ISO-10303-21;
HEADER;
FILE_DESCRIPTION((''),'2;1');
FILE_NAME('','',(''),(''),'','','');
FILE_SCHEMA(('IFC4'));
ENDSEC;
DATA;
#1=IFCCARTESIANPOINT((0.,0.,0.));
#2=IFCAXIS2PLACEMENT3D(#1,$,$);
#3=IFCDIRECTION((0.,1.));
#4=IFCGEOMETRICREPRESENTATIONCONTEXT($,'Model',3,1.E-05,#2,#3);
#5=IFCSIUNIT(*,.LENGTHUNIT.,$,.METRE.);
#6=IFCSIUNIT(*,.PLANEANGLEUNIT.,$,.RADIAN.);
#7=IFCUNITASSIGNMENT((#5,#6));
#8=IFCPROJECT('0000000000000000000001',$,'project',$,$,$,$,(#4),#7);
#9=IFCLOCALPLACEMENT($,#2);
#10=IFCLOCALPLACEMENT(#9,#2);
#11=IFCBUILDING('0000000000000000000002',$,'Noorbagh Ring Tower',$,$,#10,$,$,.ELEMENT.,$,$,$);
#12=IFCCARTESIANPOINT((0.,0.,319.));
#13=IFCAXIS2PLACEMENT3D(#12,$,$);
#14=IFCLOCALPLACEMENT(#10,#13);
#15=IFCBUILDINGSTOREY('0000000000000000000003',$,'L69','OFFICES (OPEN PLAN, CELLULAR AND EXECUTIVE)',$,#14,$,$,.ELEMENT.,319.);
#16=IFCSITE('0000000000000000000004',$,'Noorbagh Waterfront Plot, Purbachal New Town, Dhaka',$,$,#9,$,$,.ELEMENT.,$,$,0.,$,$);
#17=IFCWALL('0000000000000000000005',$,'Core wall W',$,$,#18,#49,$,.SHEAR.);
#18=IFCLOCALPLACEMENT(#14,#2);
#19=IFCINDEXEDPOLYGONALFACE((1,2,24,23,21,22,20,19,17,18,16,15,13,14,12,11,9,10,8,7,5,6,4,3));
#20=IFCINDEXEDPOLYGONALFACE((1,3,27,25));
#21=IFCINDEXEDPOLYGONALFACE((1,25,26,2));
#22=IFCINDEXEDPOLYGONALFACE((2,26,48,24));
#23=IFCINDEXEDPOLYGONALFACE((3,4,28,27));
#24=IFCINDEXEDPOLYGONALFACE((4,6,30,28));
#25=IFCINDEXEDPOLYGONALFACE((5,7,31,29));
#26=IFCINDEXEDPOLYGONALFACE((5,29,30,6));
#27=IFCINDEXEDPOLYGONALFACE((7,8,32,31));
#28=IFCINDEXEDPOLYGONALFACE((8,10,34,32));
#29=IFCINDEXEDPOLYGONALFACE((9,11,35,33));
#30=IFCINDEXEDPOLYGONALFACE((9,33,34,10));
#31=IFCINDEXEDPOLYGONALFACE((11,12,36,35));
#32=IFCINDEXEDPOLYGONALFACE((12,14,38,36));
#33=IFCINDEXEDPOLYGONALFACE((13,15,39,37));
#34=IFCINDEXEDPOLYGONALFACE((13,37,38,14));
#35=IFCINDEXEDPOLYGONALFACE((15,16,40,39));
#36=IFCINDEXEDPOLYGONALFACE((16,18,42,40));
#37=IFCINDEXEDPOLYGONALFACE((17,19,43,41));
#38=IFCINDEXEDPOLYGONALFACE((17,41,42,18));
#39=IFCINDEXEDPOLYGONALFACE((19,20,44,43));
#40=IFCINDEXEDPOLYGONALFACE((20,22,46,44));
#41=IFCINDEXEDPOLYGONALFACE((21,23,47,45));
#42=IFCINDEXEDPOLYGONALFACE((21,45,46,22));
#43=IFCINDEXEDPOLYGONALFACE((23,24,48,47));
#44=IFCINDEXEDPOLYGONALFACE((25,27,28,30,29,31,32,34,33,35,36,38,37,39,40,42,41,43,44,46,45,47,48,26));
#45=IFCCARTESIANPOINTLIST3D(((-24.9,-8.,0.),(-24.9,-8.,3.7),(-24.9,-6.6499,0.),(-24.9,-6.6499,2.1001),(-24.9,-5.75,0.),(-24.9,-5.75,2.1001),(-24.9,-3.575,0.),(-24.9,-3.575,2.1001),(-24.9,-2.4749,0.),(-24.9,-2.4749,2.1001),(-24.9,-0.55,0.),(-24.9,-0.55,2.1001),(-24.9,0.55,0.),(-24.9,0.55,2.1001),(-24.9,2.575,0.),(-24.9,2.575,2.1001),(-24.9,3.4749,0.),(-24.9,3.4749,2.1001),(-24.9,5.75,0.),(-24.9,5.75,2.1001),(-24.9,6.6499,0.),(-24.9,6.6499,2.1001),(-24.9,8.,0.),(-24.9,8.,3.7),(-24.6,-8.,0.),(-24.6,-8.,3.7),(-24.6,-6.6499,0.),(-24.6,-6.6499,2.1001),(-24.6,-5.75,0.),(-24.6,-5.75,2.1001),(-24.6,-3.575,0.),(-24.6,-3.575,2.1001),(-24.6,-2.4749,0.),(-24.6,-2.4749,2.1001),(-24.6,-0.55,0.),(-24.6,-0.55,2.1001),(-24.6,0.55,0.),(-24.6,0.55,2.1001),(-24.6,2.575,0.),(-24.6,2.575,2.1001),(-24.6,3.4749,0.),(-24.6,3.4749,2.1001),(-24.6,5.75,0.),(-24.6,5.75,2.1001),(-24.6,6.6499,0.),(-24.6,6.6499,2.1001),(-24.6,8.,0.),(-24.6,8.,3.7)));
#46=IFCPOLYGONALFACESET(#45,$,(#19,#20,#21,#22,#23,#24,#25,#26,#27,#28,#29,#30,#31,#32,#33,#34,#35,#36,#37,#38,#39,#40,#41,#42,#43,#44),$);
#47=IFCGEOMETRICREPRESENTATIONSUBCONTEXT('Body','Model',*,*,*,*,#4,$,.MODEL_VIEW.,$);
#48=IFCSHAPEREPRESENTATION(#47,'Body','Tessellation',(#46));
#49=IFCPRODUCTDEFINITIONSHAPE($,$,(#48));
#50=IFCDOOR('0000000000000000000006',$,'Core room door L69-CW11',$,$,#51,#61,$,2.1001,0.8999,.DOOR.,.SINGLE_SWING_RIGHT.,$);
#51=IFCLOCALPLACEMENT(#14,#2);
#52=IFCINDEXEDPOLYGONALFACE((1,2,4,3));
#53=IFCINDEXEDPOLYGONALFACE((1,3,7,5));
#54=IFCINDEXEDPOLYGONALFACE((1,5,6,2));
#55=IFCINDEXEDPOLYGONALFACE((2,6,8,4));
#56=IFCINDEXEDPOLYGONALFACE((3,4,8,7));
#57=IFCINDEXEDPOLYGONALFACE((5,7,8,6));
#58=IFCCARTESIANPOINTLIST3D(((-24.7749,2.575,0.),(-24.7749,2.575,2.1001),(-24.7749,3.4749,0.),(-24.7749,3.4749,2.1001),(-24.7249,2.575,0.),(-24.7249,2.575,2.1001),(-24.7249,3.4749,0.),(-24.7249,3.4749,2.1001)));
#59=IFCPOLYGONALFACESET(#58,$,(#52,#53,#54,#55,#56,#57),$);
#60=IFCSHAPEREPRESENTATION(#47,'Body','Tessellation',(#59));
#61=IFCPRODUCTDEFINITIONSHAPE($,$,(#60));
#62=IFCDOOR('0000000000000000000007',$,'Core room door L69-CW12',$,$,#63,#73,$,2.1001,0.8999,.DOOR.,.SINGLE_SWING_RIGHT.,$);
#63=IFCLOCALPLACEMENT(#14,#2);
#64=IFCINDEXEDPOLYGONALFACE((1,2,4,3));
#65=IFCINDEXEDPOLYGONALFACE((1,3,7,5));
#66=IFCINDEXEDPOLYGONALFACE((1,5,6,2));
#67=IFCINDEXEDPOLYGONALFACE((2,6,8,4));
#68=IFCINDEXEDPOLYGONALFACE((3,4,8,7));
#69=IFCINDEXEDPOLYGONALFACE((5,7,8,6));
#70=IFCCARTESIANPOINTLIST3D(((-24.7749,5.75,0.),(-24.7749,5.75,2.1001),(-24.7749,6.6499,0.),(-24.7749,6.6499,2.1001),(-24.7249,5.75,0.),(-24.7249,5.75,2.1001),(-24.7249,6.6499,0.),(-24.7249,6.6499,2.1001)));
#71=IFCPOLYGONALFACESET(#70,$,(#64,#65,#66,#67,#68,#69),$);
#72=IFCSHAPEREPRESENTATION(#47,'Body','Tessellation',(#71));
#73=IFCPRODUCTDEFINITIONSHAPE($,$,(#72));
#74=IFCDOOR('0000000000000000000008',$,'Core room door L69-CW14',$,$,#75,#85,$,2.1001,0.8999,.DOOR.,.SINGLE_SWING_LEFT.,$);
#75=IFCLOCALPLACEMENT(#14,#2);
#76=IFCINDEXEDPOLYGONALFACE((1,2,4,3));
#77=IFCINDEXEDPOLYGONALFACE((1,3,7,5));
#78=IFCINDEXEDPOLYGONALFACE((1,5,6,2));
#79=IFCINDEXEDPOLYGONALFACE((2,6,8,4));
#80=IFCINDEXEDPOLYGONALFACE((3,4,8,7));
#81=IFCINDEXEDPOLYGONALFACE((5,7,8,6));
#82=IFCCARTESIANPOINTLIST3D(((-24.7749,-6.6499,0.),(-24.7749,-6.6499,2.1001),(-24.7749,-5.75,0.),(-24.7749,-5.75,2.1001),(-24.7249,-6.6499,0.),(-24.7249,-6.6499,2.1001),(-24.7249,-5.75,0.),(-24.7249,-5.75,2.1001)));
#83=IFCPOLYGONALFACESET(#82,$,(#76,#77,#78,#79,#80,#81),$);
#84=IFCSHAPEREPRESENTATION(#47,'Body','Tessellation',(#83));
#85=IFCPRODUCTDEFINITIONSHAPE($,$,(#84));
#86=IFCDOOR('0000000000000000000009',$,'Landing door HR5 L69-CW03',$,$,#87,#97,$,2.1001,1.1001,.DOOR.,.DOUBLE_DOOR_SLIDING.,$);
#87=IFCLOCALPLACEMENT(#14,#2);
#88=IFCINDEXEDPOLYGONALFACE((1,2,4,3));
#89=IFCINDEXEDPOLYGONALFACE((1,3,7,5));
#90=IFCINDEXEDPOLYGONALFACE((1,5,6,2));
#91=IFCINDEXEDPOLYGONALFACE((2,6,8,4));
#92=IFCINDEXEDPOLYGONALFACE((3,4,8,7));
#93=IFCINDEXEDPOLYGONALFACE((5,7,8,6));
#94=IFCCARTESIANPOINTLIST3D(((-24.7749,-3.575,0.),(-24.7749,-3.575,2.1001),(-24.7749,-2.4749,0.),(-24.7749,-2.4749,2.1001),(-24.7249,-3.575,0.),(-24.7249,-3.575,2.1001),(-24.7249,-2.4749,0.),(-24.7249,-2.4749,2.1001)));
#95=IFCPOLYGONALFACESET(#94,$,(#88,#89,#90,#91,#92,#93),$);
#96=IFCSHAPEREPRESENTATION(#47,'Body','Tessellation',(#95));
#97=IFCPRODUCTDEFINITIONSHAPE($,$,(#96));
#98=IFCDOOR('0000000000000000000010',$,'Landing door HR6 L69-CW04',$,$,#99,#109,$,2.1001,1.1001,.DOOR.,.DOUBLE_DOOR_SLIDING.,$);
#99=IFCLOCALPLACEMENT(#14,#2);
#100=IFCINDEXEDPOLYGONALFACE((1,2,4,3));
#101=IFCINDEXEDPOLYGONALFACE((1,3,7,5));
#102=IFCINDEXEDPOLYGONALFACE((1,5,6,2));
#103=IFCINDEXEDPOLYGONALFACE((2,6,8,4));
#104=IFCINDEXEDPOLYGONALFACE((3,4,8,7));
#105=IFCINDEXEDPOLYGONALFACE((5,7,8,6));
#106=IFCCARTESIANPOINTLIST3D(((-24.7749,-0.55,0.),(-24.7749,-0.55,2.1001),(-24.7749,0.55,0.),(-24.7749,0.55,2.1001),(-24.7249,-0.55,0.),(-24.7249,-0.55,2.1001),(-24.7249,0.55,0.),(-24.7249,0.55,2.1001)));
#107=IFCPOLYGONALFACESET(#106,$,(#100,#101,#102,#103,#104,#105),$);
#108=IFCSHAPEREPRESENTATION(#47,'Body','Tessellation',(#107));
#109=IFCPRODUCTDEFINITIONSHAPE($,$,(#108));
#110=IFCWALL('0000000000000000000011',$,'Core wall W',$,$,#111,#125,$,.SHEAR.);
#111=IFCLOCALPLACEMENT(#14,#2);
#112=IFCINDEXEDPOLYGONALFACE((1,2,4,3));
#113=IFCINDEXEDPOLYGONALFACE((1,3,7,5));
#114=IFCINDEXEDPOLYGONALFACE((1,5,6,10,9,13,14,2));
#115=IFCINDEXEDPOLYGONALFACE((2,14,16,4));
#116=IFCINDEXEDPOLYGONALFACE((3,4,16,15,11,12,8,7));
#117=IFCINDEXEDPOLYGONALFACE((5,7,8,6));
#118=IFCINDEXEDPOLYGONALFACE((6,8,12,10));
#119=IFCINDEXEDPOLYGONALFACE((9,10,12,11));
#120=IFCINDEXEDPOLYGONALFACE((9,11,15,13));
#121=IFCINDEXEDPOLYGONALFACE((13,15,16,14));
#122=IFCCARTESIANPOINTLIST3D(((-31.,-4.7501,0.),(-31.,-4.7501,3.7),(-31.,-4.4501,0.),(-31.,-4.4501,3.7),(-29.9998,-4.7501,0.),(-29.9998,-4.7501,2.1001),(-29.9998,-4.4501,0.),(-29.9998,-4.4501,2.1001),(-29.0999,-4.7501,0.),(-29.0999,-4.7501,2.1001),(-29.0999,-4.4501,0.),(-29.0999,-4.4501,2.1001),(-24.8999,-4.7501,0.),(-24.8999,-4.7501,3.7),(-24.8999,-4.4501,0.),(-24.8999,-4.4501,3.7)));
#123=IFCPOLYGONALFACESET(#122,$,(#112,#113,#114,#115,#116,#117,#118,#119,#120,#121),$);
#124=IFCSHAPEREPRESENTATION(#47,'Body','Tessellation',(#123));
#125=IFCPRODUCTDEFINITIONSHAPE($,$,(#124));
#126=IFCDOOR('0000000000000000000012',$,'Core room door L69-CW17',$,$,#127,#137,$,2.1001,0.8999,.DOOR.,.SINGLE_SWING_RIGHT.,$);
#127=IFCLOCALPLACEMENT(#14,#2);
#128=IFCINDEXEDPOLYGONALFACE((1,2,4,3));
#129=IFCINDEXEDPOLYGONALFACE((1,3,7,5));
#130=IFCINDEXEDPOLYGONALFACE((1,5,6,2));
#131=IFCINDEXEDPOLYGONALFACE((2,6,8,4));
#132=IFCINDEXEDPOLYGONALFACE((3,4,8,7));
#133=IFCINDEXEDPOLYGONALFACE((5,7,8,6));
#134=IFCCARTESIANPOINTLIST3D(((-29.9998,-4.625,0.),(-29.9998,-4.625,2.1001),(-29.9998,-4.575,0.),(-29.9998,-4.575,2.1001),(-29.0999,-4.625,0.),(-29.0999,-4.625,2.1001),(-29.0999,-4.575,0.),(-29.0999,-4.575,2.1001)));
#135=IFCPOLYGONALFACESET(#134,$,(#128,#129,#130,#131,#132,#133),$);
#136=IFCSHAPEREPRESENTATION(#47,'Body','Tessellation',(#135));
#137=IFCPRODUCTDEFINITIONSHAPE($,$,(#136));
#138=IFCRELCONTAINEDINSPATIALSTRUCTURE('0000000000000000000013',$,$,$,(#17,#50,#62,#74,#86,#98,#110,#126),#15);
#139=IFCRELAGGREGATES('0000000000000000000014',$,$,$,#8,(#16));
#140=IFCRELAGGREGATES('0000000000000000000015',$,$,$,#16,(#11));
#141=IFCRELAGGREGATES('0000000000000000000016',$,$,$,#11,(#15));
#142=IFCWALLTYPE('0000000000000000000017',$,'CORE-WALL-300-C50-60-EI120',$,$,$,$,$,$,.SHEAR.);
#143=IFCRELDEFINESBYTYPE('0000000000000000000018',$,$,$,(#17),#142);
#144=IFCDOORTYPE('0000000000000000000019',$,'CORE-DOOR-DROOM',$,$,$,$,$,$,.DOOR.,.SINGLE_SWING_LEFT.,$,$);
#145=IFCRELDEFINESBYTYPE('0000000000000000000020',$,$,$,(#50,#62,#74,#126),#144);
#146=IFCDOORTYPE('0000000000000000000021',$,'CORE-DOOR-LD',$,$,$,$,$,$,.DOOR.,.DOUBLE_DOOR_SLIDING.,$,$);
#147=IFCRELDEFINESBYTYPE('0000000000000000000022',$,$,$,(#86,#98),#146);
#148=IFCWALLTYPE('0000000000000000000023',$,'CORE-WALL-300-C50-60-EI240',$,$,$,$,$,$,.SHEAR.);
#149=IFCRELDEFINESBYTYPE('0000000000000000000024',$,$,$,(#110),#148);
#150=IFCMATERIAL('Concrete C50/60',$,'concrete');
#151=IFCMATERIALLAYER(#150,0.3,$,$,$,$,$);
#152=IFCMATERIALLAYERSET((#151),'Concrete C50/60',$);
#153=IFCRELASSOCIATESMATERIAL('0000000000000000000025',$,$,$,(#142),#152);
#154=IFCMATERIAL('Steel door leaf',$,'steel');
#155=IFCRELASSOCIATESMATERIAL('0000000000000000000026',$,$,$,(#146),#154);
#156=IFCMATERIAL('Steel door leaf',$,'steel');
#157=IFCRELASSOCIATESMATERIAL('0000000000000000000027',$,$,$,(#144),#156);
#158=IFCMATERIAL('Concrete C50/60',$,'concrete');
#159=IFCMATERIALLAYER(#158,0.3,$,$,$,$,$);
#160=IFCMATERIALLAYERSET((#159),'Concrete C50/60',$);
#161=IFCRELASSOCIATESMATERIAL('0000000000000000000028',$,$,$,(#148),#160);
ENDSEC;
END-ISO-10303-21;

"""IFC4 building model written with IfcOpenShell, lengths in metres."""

from ifc_helpers import new_model, si_unit, direction, frame, frame_2d, origin, place, context, subcontext, project, spatial, rectangle, extrude, material, layer, layer_set, type_object, element, fill, save


model = new_model("IFC4")

# Units and contexts
model_context = context("Model", 3, precision=1e-05, world=origin(), true_north=direction((0.0, 1.0)))
body_context = subcontext(model_context, "Body", "Model", "MODEL_VIEW")
ifc_project = project(units=[si_unit("LENGTHUNIT", "METRE"), si_unit("PLANEANGLEUNIT", "RADIAN")], contexts=[model_context])

# Site, building, storey
site_placement = place(None, origin())
site = spatial("IfcSite", under=ifc_project, at=site_placement, Name="Noorbagh Waterfront Plot, Purbachal New Town, Dhaka", CompositionType="ELEMENT", RefElevation=0.0)
building_placement = place(site_placement, origin())
building = spatial("IfcBuilding", under=site, at=building_placement, Name="Noorbagh Ring Tower", CompositionType="ELEMENT")
storey_placement = place(building_placement, frame((0.0, 0.0, 319.0)))
storey = spatial("IfcBuildingStorey", under=building, at=storey_placement, Name="L69", Description="OFFICES (OPEN PLAN, CELLULAR AND EXECUTIVE)", CompositionType="ELEMENT", Elevation=319.0)

# Wall, openings, doors
ifc_material_1 = material(Name="Concrete C50/60", Category="concrete")
ifc_layer_1 = layer(ifc_material_1, 0.3)
ifc_layer_set_1 = layer_set([ifc_layer_1], Name="Concrete C50/60")
wall_type_1 = type_object("IfcWallType", Name="CORE-WALL-300-C50-60-EI120", PredefinedType="SHEAR", material=ifc_layer_set_1)
ifc_material_2 = material(Name="Steel door leaf", Category="steel")
door_type_1 = type_object("IfcDoorType", Name="CORE-DOOR-LD", OperationType="DOUBLE_DOOR_SLIDING", PredefinedType="DOOR", material=ifc_material_2)
wall_1_placement = place(storey_placement, frame((-24.75, -8.0, 0.0), z_axis=(0.0, 0.0, 1.0), x_axis=(0.0, 1.0, 0.0)))
wall_1 = element("IfcWall", 1, at=wall_1_placement, inside=storey, type_object=wall_type_1, Name="Core wall W", PredefinedType="SHEAR", context=body_context, shape_type="SweptSolid", body=[
    extrude(rectangle(XDim=16.0, YDim=0.3, at=frame_2d((8.0, 0.0))), origin(), (0.0, 0.0, 1.0), 3.7),
])
opening_1_placement = place(wall_1_placement, frame((4.425, 0.0, 0.0)))
opening_1 = element("IfcOpeningElement", 2, at=opening_1_placement, cuts=wall_1, PredefinedType="OPENING", context=body_context, shape_type="SweptSolid", body=[
    extrude(rectangle(XDim=1.1001, YDim=2.1001, at=frame_2d((0.55, 1.05))), frame((0.0, 0.1602, 0.0), z_axis=(0.0, -1.0, 0.0), x_axis=(1.0, 0.0, 0.0)), (0.0, 0.0, 1.0), 0.3201),
])
opening_2_placement = place(wall_1_placement, frame((7.45, 0.0, 0.0)))
opening_2 = element("IfcOpeningElement", 3, at=opening_2_placement, cuts=wall_1, PredefinedType="OPENING", context=body_context, shape_type="SweptSolid", body=[
    extrude(rectangle(XDim=1.1001, YDim=2.1001, at=frame_2d((0.55, 1.05))), frame((0.0, 0.1602, 0.0), z_axis=(0.0, -1.0, 0.0), x_axis=(1.0, 0.0, 0.0)), (0.0, 0.0, 1.0), 0.3201),
])
opening_3_placement = place(wall_1_placement, frame((10.575, 0.0, 0.0)))
opening_3 = element("IfcOpeningElement", 4, at=opening_3_placement, cuts=wall_1, PredefinedType="OPENING", context=body_context, shape_type="SweptSolid", body=[
    extrude(rectangle(XDim=0.8999, YDim=2.1001, at=frame_2d((0.45, 1.05))), frame((0.0, 0.1602, 0.0), z_axis=(0.0, -1.0, 0.0), x_axis=(1.0, 0.0, 0.0)), (0.0, 0.0, 1.0), 0.3201),
])
opening_4_placement = place(wall_1_placement, frame((13.75, 0.0, 0.0)))
opening_4 = element("IfcOpeningElement", 5, at=opening_4_placement, cuts=wall_1, PredefinedType="OPENING", context=body_context, shape_type="SweptSolid", body=[
    extrude(rectangle(XDim=0.8999, YDim=2.1001, at=frame_2d((0.45, 1.05))), frame((0.0, 0.1602, 0.0), z_axis=(0.0, -1.0, 0.0), x_axis=(1.0, 0.0, 0.0)), (0.0, 0.0, 1.0), 0.3201),
])
opening_5_placement = place(wall_1_placement, frame((1.3501, 0.0, 0.0)))
opening_5 = element("IfcOpeningElement", 6, at=opening_5_placement, cuts=wall_1, PredefinedType="OPENING", context=body_context, shape_type="SweptSolid", body=[
    extrude(rectangle(XDim=0.8999, YDim=2.1001, at=frame_2d((0.45, 1.05))), frame((0.0, 0.1602, 0.0), z_axis=(0.0, -1.0, 0.0), x_axis=(1.0, 0.0, 0.0)), (0.0, 0.0, 1.0), 0.3201),
])
ifc_material_3 = material(Name="Steel door leaf", Category="steel")
door_type_2 = type_object("IfcDoorType", Name="CORE-DOOR-DROOM", OperationType="SINGLE_SWING_LEFT", PredefinedType="DOOR", material=ifc_material_3)
door_1_placement = place(opening_3_placement, origin())
door_1 = element("IfcDoor", 7, at=door_1_placement, inside=storey, type_object=door_type_2, Name="Core room door L69-CW11", OperationType="SINGLE_SWING_RIGHT", OverallHeight=2.1001, OverallWidth=0.8999, PredefinedType="DOOR", context=body_context, shape_type="SweptSolid", body=[
    extrude(rectangle(XDim=0.8999, YDim=2.1001, at=frame_2d((0.45, 1.05))), frame((0.0, 0.0249, 0.0), z_axis=(0.0, -1.0, 0.0), x_axis=(1.0, 0.0, 0.0)), (0.0, 0.0, 1.0), 0.05),
])
fill(opening_3, door_1)
door_2_placement = place(opening_4_placement, origin())
door_2 = element("IfcDoor", 8, at=door_2_placement, inside=storey, type_object=door_type_2, Name="Core room door L69-CW12", OperationType="SINGLE_SWING_RIGHT", OverallHeight=2.1001, OverallWidth=0.8999, PredefinedType="DOOR", context=body_context, shape_type="SweptSolid", body=[
    extrude(rectangle(XDim=0.8999, YDim=2.1001, at=frame_2d((0.45, 1.05))), frame((0.0, 0.0249, 0.0), z_axis=(0.0, -1.0, 0.0), x_axis=(1.0, 0.0, 0.0)), (0.0, 0.0, 1.0), 0.05),
])
fill(opening_4, door_2)
door_3_placement = place(opening_5_placement, origin())
door_3 = element("IfcDoor", 9, at=door_3_placement, inside=storey, type_object=door_type_2, Name="Core room door L69-CW14", OperationType="SINGLE_SWING_LEFT", OverallHeight=2.1001, OverallWidth=0.8999, PredefinedType="DOOR", context=body_context, shape_type="SweptSolid", body=[
    extrude(rectangle(XDim=0.8999, YDim=2.1001, at=frame_2d((0.45, 1.05))), frame((0.0, 0.0249, 0.0), z_axis=(0.0, -1.0, 0.0), x_axis=(1.0, 0.0, 0.0)), (0.0, 0.0, 1.0), 0.05),
])
fill(opening_5, door_3)
door_4_placement = place(opening_1_placement, origin())
door_4 = element("IfcDoor", 10, at=door_4_placement, inside=storey, type_object=door_type_1, Name="Landing door HR5 L69-CW03", OperationType="DOUBLE_DOOR_SLIDING", OverallHeight=2.1001, OverallWidth=1.1001, PredefinedType="DOOR", context=body_context, shape_type="SweptSolid", body=[
    extrude(rectangle(XDim=1.1001, YDim=2.1001, at=frame_2d((0.55, 1.05))), frame((0.0, 0.0249, 0.0), z_axis=(0.0, -1.0, 0.0), x_axis=(1.0, 0.0, 0.0)), (0.0, 0.0, 1.0), 0.05),
])
fill(opening_1, door_4)
door_5_placement = place(opening_2_placement, origin())
door_5 = element("IfcDoor", 11, at=door_5_placement, inside=storey, type_object=door_type_1, Name="Landing door HR6 L69-CW04", OperationType="DOUBLE_DOOR_SLIDING", OverallHeight=2.1001, OverallWidth=1.1001, PredefinedType="DOOR", context=body_context, shape_type="SweptSolid", body=[
    extrude(rectangle(XDim=1.1001, YDim=2.1001, at=frame_2d((0.55, 1.05))), frame((0.0, 0.0249, 0.0), z_axis=(0.0, -1.0, 0.0), x_axis=(1.0, 0.0, 0.0)), (0.0, 0.0, 1.0), 0.05),
])
fill(opening_2, door_5)

# Wall, opening, door
ifc_material_4 = material(Name="Concrete C50/60", Category="concrete")
ifc_layer_2 = layer(ifc_material_4, 0.3)
ifc_layer_set_2 = layer_set([ifc_layer_2], Name="Concrete C50/60")
wall_type_2 = type_object("IfcWallType", Name="CORE-WALL-300-C50-60-EI240", PredefinedType="SHEAR", material=ifc_layer_set_2)
wall_2_placement = place(storey_placement, frame((-24.8999, -4.6001, 0.0), z_axis=(0.0, 0.0, 1.0), x_axis=(-1.0, 0.0, 0.0)))
wall_2 = element("IfcWall", 12, at=wall_2_placement, inside=storey, type_object=wall_type_2, Name="Core wall W", PredefinedType="SHEAR", context=body_context, shape_type="SweptSolid", body=[
    extrude(rectangle(XDim=6.1001, YDim=0.3, at=frame_2d((3.05, 0.0))), origin(), (0.0, 0.0, 1.0), 3.7),
])
opening_6_placement = place(wall_2_placement, frame((4.2, 0.0, 0.0)))
opening_6 = element("IfcOpeningElement", 13, at=opening_6_placement, cuts=wall_2, PredefinedType="OPENING", context=body_context, shape_type="SweptSolid", body=[
    extrude(rectangle(XDim=0.8999, YDim=2.1001, at=frame_2d((0.45, 1.05))), frame((0.0, 0.1602, 0.0), z_axis=(0.0, -1.0, 0.0), x_axis=(1.0, 0.0, 0.0)), (0.0, 0.0, 1.0), 0.3201),
])
door_6_placement = place(opening_6_placement, origin())
door_6 = element("IfcDoor", 14, at=door_6_placement, inside=storey, type_object=door_type_2, Name="Core room door L69-CW17", OperationType="SINGLE_SWING_RIGHT", OverallHeight=2.1001, OverallWidth=0.8999, PredefinedType="DOOR", context=body_context, shape_type="SweptSolid", body=[
    extrude(rectangle(XDim=0.8999, YDim=2.1001, at=frame_2d((0.45, 1.05))), frame((0.0, 0.0249, 0.0), z_axis=(0.0, -1.0, 0.0), x_axis=(1.0, 0.0, 0.0)), (0.0, 0.0, 1.0), 0.05),
])
fill(opening_6, door_6)

save(model, "model.ifc")
